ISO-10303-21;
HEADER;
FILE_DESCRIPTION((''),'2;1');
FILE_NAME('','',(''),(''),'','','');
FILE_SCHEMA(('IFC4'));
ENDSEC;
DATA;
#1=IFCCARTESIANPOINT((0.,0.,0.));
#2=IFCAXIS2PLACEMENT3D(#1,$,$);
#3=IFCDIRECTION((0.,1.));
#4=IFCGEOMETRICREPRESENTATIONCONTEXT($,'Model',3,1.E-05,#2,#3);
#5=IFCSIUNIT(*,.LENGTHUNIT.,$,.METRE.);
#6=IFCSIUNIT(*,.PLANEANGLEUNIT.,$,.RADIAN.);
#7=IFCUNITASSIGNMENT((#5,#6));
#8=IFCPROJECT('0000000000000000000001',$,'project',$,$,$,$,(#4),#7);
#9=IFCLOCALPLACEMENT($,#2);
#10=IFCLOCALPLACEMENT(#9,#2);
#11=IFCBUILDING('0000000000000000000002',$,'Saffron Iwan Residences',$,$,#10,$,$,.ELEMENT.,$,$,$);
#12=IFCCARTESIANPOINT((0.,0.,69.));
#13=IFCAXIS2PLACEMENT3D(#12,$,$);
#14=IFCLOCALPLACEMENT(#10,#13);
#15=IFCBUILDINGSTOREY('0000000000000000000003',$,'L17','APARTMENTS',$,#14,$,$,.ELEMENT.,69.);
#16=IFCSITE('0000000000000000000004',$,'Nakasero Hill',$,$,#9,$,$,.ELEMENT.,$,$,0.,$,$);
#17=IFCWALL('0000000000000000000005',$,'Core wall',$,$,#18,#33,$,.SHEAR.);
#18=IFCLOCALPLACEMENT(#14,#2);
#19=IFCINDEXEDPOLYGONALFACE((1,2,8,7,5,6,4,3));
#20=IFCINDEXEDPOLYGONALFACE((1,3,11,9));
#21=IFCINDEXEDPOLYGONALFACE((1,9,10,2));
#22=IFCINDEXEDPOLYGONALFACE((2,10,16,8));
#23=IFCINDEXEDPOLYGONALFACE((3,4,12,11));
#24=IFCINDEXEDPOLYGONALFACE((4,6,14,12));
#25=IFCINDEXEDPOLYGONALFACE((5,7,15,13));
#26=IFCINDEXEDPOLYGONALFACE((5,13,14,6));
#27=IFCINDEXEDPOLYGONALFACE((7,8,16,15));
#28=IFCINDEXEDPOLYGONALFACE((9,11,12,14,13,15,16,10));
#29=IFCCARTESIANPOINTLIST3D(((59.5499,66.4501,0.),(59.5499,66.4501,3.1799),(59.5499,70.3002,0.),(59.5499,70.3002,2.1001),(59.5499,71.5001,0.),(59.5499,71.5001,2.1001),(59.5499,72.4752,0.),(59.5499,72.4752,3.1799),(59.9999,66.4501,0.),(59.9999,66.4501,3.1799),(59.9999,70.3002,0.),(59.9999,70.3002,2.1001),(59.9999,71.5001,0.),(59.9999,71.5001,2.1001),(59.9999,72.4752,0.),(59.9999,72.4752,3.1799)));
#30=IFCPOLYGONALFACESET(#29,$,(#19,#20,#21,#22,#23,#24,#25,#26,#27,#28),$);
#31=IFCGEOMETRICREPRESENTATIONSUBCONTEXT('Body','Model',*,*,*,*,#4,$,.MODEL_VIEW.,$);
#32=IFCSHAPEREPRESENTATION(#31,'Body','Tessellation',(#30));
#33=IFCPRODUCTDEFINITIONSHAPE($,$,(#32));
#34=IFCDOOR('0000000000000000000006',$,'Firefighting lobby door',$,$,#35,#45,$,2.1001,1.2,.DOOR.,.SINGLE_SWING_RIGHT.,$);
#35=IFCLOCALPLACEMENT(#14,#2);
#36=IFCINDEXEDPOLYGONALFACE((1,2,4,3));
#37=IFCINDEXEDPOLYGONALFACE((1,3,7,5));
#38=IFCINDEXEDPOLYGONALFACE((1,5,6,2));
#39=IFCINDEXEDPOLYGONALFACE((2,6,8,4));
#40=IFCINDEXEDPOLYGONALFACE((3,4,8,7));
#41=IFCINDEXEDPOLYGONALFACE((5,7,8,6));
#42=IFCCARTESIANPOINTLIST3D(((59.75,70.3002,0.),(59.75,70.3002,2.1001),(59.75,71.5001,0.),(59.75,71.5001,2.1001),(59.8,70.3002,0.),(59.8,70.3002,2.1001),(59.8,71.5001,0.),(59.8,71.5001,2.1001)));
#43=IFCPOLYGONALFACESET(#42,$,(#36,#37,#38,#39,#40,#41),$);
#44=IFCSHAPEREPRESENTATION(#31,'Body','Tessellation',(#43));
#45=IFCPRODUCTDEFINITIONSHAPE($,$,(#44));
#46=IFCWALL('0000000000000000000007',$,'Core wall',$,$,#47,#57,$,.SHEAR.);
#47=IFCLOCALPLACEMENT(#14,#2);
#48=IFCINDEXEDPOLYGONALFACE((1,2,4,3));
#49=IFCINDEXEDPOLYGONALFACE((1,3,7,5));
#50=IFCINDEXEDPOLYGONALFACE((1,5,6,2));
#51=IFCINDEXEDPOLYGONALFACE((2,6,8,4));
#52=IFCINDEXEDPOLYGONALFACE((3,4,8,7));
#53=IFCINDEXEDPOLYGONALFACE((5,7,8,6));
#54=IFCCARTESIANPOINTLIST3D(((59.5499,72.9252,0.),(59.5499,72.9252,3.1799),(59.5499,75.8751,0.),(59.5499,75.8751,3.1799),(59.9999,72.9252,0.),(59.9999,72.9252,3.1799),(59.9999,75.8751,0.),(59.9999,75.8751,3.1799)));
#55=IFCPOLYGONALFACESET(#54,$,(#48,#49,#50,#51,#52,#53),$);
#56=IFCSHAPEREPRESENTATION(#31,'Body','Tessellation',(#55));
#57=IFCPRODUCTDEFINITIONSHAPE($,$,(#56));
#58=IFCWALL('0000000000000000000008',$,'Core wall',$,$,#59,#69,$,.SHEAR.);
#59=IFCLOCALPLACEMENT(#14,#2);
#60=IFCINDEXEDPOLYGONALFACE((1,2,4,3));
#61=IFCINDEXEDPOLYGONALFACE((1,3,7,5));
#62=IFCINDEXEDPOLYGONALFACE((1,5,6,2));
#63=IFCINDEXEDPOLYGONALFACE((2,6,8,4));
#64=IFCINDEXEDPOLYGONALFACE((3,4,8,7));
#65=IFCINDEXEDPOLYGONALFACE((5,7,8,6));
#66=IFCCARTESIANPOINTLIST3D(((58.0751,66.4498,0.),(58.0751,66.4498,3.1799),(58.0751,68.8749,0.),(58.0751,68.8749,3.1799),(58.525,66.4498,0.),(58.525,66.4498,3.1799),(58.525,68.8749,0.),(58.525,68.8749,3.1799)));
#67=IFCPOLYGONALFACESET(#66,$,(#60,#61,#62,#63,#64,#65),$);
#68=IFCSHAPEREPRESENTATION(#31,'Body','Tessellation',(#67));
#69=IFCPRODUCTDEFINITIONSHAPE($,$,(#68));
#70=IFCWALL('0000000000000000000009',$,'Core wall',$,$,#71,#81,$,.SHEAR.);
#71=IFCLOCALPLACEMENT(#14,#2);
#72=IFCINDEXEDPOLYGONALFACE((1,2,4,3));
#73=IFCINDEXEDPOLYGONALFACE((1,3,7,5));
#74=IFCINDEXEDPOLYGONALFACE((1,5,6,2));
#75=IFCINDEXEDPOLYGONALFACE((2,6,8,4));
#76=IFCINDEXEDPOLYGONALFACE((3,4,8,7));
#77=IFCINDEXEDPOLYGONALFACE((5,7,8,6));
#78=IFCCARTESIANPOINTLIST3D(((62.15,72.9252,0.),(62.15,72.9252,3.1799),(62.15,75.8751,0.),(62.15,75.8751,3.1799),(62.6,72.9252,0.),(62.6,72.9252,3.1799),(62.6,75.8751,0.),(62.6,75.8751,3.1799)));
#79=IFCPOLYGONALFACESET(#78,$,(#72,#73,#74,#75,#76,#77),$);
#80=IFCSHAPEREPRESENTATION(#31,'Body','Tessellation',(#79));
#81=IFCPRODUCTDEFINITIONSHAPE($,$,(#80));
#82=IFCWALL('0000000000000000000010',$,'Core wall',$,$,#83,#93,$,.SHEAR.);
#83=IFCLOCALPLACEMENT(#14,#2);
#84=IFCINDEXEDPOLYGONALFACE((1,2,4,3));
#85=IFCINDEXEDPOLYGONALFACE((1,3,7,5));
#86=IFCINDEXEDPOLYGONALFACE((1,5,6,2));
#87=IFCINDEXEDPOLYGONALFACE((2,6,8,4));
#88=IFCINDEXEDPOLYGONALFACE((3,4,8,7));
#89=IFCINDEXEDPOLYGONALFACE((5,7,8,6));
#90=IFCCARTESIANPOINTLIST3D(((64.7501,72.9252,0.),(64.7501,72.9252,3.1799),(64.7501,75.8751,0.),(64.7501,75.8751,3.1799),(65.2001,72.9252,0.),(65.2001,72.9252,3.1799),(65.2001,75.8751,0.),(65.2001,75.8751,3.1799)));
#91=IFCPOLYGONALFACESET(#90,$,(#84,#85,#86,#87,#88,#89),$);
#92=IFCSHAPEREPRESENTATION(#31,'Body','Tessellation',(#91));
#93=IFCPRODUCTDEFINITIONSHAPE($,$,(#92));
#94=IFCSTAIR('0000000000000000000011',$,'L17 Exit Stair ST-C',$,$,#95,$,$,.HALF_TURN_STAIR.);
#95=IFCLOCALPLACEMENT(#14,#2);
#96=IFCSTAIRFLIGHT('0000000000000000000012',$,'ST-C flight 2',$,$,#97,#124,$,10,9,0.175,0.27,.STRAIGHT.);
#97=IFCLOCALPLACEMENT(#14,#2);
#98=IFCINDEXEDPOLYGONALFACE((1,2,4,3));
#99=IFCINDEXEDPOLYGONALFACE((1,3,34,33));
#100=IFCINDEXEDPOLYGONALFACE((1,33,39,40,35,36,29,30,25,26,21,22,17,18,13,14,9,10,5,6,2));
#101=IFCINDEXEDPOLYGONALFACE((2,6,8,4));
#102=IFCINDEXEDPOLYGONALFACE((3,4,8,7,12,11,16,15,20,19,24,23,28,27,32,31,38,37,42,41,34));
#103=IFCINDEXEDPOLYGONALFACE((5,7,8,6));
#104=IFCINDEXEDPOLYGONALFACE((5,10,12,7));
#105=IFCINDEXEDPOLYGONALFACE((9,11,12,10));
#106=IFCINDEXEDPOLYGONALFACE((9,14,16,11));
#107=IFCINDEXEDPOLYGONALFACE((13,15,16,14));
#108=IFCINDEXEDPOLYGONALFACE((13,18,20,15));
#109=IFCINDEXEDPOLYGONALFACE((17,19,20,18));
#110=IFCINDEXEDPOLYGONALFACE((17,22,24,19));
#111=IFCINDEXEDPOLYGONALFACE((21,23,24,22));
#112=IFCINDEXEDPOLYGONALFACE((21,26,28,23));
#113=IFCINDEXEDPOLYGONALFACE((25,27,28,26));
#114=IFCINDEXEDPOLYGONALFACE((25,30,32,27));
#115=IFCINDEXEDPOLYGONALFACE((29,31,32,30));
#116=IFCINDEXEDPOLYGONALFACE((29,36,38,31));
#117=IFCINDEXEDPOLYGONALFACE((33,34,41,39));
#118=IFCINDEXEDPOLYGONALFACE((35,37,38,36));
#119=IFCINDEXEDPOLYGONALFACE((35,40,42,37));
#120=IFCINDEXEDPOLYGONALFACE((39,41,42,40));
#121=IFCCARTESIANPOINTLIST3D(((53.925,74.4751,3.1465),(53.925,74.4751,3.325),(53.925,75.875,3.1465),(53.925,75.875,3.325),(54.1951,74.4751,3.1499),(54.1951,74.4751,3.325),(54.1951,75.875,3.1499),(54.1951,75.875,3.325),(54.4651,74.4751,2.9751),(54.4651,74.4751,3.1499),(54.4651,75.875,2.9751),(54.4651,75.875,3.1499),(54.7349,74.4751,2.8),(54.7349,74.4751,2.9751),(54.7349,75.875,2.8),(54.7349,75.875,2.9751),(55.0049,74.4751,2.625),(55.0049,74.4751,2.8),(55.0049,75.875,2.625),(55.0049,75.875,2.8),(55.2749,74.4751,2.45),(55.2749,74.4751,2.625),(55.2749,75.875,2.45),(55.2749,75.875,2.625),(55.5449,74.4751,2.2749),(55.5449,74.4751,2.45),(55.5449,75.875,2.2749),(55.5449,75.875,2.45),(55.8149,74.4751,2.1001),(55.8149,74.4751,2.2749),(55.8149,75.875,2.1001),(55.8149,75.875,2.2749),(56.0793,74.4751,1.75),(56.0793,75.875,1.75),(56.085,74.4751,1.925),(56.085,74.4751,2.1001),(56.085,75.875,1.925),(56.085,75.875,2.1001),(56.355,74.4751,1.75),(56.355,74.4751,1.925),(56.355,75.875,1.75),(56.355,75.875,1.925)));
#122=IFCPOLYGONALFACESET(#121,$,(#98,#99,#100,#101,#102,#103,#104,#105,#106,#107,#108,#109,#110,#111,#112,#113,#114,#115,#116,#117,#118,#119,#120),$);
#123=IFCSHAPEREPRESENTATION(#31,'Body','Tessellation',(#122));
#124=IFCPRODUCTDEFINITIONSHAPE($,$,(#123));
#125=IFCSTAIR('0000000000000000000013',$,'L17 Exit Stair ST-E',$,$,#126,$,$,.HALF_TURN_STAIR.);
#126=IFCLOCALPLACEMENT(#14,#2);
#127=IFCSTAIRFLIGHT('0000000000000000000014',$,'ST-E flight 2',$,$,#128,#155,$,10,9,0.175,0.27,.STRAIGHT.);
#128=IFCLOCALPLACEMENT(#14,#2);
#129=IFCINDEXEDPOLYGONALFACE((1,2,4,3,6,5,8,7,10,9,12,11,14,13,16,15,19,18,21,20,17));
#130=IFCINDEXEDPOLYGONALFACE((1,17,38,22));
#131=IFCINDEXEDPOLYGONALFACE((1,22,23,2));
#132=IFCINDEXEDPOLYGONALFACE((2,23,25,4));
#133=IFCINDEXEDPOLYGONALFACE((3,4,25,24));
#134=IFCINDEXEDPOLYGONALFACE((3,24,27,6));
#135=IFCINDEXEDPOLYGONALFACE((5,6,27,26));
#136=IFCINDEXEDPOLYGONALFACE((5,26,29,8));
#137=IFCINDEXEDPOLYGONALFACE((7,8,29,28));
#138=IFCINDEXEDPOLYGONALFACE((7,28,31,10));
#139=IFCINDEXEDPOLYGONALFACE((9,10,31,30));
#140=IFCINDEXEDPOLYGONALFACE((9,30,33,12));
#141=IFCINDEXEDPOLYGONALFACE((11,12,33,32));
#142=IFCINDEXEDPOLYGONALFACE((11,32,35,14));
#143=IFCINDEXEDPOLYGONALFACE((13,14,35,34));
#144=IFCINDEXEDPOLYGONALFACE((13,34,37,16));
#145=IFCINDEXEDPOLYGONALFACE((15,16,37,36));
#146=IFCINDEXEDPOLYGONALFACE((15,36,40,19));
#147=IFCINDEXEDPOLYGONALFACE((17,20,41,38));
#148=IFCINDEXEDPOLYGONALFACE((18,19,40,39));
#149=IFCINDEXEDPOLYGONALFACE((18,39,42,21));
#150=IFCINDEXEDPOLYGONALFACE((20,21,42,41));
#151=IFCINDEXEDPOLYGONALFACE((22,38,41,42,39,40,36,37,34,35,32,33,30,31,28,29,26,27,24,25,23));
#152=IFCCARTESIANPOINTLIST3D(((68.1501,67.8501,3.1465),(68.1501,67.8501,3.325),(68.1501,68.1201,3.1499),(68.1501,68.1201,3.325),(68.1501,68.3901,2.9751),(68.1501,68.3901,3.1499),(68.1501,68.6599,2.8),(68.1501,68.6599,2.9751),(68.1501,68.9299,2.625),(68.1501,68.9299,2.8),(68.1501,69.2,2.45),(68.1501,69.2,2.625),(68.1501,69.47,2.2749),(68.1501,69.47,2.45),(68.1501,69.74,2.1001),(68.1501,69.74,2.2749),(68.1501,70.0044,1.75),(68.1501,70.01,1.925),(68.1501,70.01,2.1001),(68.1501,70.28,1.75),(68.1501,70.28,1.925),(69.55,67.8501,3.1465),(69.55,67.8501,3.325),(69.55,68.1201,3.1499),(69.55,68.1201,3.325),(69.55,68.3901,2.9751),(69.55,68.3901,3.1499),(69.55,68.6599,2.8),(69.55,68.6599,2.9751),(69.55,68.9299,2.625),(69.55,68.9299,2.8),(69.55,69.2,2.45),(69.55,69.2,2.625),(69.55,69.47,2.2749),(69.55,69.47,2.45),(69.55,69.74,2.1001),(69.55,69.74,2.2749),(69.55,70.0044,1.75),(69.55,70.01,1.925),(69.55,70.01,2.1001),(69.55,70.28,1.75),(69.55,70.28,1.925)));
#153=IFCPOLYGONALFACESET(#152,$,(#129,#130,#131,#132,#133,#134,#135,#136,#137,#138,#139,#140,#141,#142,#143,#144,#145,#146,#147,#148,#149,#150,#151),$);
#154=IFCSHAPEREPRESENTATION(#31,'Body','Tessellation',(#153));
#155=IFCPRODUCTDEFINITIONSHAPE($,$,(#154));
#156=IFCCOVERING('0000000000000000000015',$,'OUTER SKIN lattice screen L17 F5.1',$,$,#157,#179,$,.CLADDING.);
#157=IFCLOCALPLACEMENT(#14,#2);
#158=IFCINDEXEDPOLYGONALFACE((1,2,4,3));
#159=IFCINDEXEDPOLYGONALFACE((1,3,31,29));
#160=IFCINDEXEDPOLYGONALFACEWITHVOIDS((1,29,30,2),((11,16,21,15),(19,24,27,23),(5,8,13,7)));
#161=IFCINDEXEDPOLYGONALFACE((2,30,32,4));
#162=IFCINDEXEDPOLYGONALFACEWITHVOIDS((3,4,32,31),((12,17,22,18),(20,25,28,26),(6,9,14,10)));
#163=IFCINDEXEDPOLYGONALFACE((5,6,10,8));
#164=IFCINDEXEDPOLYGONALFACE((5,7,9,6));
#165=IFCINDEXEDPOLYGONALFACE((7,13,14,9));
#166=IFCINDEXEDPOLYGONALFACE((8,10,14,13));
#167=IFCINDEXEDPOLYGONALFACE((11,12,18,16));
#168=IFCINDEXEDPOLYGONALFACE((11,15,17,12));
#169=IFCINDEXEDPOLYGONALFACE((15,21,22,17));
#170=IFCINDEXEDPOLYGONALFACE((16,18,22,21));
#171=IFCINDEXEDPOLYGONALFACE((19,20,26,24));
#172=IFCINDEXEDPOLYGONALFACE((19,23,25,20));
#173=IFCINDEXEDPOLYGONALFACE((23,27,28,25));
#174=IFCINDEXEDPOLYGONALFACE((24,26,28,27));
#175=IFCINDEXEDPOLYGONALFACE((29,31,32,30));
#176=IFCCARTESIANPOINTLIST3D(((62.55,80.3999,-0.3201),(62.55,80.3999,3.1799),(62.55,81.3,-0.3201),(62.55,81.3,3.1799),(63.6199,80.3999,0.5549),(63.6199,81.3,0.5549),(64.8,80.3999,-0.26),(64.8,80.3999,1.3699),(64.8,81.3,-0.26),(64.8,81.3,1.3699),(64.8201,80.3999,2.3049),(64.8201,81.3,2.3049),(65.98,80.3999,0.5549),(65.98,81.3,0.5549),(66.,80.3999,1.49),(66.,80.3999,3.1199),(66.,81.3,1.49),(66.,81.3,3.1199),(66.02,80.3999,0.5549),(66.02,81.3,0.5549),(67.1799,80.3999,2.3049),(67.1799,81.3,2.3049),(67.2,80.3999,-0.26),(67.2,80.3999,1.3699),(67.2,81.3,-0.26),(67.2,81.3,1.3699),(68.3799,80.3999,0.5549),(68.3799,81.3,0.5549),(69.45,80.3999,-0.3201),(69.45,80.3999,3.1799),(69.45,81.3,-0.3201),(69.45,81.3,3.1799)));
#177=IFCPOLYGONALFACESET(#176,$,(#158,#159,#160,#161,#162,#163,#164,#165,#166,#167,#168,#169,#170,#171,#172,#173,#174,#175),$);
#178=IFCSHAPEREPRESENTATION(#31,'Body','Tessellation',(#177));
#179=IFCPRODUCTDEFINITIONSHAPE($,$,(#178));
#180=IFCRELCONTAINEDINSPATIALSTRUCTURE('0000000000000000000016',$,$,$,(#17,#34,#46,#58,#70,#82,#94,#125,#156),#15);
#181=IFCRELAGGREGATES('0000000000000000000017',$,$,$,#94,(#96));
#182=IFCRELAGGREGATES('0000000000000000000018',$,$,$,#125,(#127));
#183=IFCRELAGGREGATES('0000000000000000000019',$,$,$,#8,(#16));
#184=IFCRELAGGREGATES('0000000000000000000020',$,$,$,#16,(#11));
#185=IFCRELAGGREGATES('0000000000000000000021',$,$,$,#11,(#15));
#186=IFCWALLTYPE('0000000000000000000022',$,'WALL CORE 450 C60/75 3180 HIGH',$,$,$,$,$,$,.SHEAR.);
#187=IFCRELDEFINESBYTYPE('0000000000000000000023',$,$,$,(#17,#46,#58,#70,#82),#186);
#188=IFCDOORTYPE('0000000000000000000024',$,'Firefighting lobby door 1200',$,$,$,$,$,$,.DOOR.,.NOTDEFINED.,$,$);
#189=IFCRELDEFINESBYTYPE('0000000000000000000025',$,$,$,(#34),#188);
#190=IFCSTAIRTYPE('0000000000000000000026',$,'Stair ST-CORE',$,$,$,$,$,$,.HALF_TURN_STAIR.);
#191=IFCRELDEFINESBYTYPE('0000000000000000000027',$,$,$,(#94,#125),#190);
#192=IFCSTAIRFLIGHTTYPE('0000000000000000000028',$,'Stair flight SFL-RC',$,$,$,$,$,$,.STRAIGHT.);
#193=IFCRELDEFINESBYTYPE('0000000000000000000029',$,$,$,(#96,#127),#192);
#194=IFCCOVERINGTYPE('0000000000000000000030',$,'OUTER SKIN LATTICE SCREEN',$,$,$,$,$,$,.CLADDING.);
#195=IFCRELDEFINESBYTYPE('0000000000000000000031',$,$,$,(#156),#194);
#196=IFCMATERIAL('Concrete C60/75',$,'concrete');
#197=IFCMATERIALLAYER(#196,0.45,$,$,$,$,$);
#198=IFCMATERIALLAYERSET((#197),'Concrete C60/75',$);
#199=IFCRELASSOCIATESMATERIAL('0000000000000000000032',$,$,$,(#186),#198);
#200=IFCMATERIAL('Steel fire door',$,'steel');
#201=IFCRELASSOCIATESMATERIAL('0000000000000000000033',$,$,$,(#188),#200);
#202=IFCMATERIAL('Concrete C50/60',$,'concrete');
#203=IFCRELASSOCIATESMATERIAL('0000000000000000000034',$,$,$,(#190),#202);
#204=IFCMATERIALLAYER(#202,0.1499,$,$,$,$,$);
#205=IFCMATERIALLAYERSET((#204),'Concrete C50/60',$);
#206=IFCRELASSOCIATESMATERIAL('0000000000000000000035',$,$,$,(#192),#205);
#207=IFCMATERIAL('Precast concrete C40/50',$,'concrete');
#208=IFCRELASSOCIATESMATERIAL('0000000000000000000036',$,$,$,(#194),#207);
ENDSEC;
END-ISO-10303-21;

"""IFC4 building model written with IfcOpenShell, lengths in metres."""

from ifc_helpers import new_model, si_unit, direction, frame, frame_2d, origin, place, context, subcontext, project, spatial, polyline, rectangle, outline, extrude, material, layer, layer_set, type_object, element, fill, aggregate, save


model = new_model("IFC4")

# Units and contexts
model_context = context("Model", 3, precision=1e-05, world=origin(), true_north=direction((0.0, 1.0)))
body_context = subcontext(model_context, "Body", "Model", "MODEL_VIEW")
ifc_project = project(units=[si_unit("LENGTHUNIT", "METRE"), si_unit("PLANEANGLEUNIT", "RADIAN")], contexts=[model_context])

# Site, building, storey
site_placement = place(None, origin())
site = spatial("IfcSite", under=ifc_project, at=site_placement, Name="Nakasero Hill", CompositionType="ELEMENT", RefElevation=0.0)
building_placement = place(site_placement, origin())
building = spatial("IfcBuilding", under=site, at=building_placement, Name="Saffron Iwan Residences", CompositionType="ELEMENT")
storey_placement = place(building_placement, frame((0.0, 0.0, 69.0)))
storey = spatial("IfcBuildingStorey", under=building, at=storey_placement, Name="L17", Description="APARTMENTS", CompositionType="ELEMENT", Elevation=69.0)

# Shared definitions
ifc_material_1 = material(Name="Concrete C60/75", Category="concrete")

# Shared definitions
ifc_layer_1 = layer(ifc_material_1, 0.45)
ifc_layer_set_1 = layer_set([ifc_layer_1], Name="Concrete C60/75")
wall_type_1 = type_object("IfcWallType", Name="WALL CORE 450 C60/75 3180 HIGH", PredefinedType="SHEAR", material=ifc_layer_set_1)

# Wall, opening, door
ifc_material_2 = material(Name="Steel fire door", Category="steel")
wall_1_placement = place(storey_placement, frame((59.7749, 66.45, 0.0), z_axis=(0.0, 0.0, 1.0), x_axis=(0.0, 1.0, 0.0)))
wall_1 = element("IfcWall", 1, at=wall_1_placement, inside=storey, type_object=wall_type_1, Name="Core wall", PredefinedType="SHEAR", context=body_context, shape_type="SweptSolid", body=[
    extrude(rectangle(XDim=6.0251, YDim=0.45, at=frame_2d((3.0127, 0.0))), origin(), (0.0, 0.0, 1.0), 3.1799),
])
opening_1_placement = place(wall_1_placement, frame((3.8501, 0.0, 0.0)))
opening_1 = element("IfcOpeningElement", 2, at=opening_1_placement, cuts=wall_1, PredefinedType="OPENING", context=body_context, shape_type="SweptSolid", body=[
    extrude(rectangle(XDim=1.2, YDim=2.1001, at=frame_2d((0.6001, 1.05))), frame((0.0, 0.2349, 0.0), z_axis=(0.0, -1.0, 0.0), x_axis=(1.0, 0.0, 0.0)), (0.0, 0.0, 1.0), 0.47),
])
door_type_1 = type_object("IfcDoorType", Name="Firefighting lobby door 1200", OperationType="NOTDEFINED", PredefinedType="DOOR", material=ifc_material_2)
door_1_placement = place(opening_1_placement, origin())
door_1 = element("IfcDoor", 3, at=door_1_placement, inside=storey, type_object=door_type_1, Name="Firefighting lobby door", OperationType="SINGLE_SWING_RIGHT", OverallHeight=2.1001, OverallWidth=1.2, PredefinedType="DOOR", context=body_context, shape_type="SweptSolid", body=[
    extrude(rectangle(XDim=1.2, YDim=2.1001, at=frame_2d((0.6001, 1.05))), frame((0.0, 0.0249, 0.0), z_axis=(0.0, -1.0, 0.0), x_axis=(1.0, 0.0, 0.0)), (0.0, 0.0, 1.0), 0.05),
])
fill(opening_1, door_1)

# Walls
wall_2_placement = place(storey_placement, frame((59.7749, 72.925, 0.0), z_axis=(0.0, 0.0, 1.0), x_axis=(0.0, 1.0, 0.0)))
element("IfcWall", 4, at=wall_2_placement, inside=storey, type_object=wall_type_1, Name="Core wall", PredefinedType="SHEAR", context=body_context, shape_type="SweptSolid", body=[
    extrude(rectangle(XDim=2.95, YDim=0.45, at=frame_2d((1.4751, 0.0))), origin(), (0.0, 0.0, 1.0), 3.1799),
])
wall_3_placement = place(storey_placement, frame((58.3, 66.45, 0.0), z_axis=(0.0, 0.0, 1.0), x_axis=(0.0, 1.0, 0.0)))
element("IfcWall", 5, at=wall_3_placement, inside=storey, type_object=wall_type_1, Name="Core wall", PredefinedType="SHEAR", context=body_context, shape_type="SweptSolid", body=[
    extrude(rectangle(XDim=2.425, YDim=0.45, at=frame_2d((1.2124, 0.0))), origin(), (0.0, 0.0, 1.0), 3.1799),
])
for number, where, z_axis, x_axis, name in (
    (6, (62.375, 72.925, 0.0), (0.0, 0.0, 1.0), (0.0, 1.0, 0.0), "Core wall"),
    (7, (64.9751, 72.925, 0.0), (0.0, 0.0, 1.0), (0.0, 1.0, 0.0), "Core wall"),
):
    element("IfcWall", number, at=place(storey_placement, frame(where, z_axis=z_axis, x_axis=x_axis)), inside=storey, type_object=wall_type_1, Name=name, PredefinedType="SHEAR", context=body_context, shape_type="SweptSolid", body=[
        extrude(rectangle(XDim=2.95, YDim=0.45, at=frame_2d((1.4751, 0.0))), origin(), (0.0, 0.0, 1.0), 3.1799),
    ])

# Stairs, stair flights
ifc_material_3 = material(Name="Concrete C50/60", Category="concrete")
stair_type = type_object("IfcStairType", Name="Stair ST-CORE", PredefinedType="HALF_TURN_STAIR", material=ifc_material_3)
stair_1_placement = place(storey_placement, origin())
stair_1 = element("IfcStair", 8, at=stair_1_placement, inside=storey, type_object=stair_type, Name="L17 Exit Stair ST-C", PredefinedType="HALF_TURN_STAIR")
ifc_layer_2 = layer(ifc_material_3, 0.1499)
ifc_layer_set_2 = layer_set([ifc_layer_2], Name="Concrete C50/60")
stair_flight_type = type_object("IfcStairFlightType", Name="Stair flight SFL-RC", PredefinedType="STRAIGHT", material=ifc_layer_set_2)
stair_flight_1_placement = place(storey_placement, frame((56.355, 75.175, 1.75), z_axis=(0.0, 0.0, 1.0), x_axis=(-1.0, 0.0, 0.0)))
stair_flight_1 = element("IfcStairFlight", 9, at=stair_flight_1_placement, type_object=stair_flight_type, Name="ST-C flight 2", NumberOfRisers=10, NumberOfTreads=9, PredefinedType="STRAIGHT", RiserHeight=0.175, TreadLength=0.27, context=body_context, shape_type="SweptSolid", body=[
    extrude(outline(polyline([(0.0, 0.0), (0.0, 0.175), (0.27, 0.175), (0.27, 0.3501), (0.54, 0.3501), (0.54, 0.5249), (0.8101, 0.5249), (0.8101, 0.7), (1.0801, 0.7), (1.0801, 0.875), (1.3501, 0.875), (1.3501, 1.05), (1.6201, 1.05), (1.6201, 1.2251), (1.8899, 1.2251), (1.8899, 1.3999), (2.1599, 1.3999), (2.1599, 1.575), (2.4299, 1.575), (2.4299, 1.75), (2.4299, 1.3965), (0.2756, 0.0), (0.0, 0.0)])), frame((0.0, 0.7, 0.0), z_axis=(0.0, -1.0, 0.0), x_axis=(1.0, 0.0, 0.0)), (0.0, 0.0, 1.0), 1.3999),
])
aggregate(stair_1, [stair_flight_1])
stair_2_placement = place(storey_placement, origin())
stair_2 = element("IfcStair", 10, at=stair_2_placement, inside=storey, type_object=stair_type, Name="L17 Exit Stair ST-E", PredefinedType="HALF_TURN_STAIR")
stair_flight_2_placement = place(storey_placement, frame((68.8501, 70.28, 1.75), z_axis=(0.0, 0.0, 1.0), x_axis=(0.0, -1.0, 0.0)))
stair_flight_2 = element("IfcStairFlight", 11, at=stair_flight_2_placement, type_object=stair_flight_type, Name="ST-E flight 2", NumberOfRisers=10, NumberOfTreads=9, PredefinedType="STRAIGHT", RiserHeight=0.175, TreadLength=0.27, context=body_context, shape_type="SweptSolid", body=[
    extrude(outline(polyline([(0.0, 0.0), (0.0, 0.175), (0.27, 0.175), (0.27, 0.3501), (0.54, 0.3501), (0.54, 0.5249), (0.8101, 0.5249), (0.8101, 0.7), (1.0801, 0.7), (1.0801, 0.875), (1.3501, 0.875), (1.3501, 1.05), (1.6201, 1.05), (1.6201, 1.2251), (1.8899, 1.2251), (1.8899, 1.3999), (2.1599, 1.3999), (2.1599, 1.575), (2.4299, 1.575), (2.4299, 1.75), (2.4299, 1.3965), (0.2756, 0.0), (0.0, 0.0)])), frame((0.0, 0.7, 0.0), z_axis=(0.0, -1.0, 0.0), x_axis=(1.0, 0.0, 0.0)), (0.0, 0.0, 1.0), 1.3999),
])
aggregate(stair_2, [stair_flight_2])

# Covering
ifc_material_4 = material(Name="Precast concrete C40/50", Category="concrete")
covering_type_1 = type_object("IfcCoveringType", Name="OUTER SKIN LATTICE SCREEN", PredefinedType="CLADDING", material=ifc_material_4)
covering_placement = place(storey_placement, frame((69.45, 80.3999, -0.3201), z_axis=(0.0, 1.0, 0.0), x_axis=(-1.0, 0.0, 0.0)))
element("IfcCovering", 12, at=covering_placement, inside=storey, type_object=covering_type_1, Name="OUTER SKIN lattice screen L17 F5.1", PredefinedType="CLADDING", context=body_context, shape_type="SweptSolid", body=[
    extrude(outline(polyline([(0.0, 0.0), (6.8999, 0.0), (6.8999, 3.5), (0.0, 3.5), (0.0, 0.0)]), holes=[polyline([(1.0701, 0.875), (2.25, 0.0601), (3.4299, 0.875), (2.25, 1.6899), (1.0701, 0.875)]), polyline([(3.47, 0.875), (4.6499, 0.0601), (5.8301, 0.875), (4.6499, 1.6899), (3.47, 0.875)]), polyline([(2.27, 2.625), (3.45, 1.8101), (4.6299, 2.625), (3.45, 3.4399), (2.27, 2.625)])]), origin(), (0.0, 0.0, 1.0), 0.9001),
])

save(model, "model.ifc")
